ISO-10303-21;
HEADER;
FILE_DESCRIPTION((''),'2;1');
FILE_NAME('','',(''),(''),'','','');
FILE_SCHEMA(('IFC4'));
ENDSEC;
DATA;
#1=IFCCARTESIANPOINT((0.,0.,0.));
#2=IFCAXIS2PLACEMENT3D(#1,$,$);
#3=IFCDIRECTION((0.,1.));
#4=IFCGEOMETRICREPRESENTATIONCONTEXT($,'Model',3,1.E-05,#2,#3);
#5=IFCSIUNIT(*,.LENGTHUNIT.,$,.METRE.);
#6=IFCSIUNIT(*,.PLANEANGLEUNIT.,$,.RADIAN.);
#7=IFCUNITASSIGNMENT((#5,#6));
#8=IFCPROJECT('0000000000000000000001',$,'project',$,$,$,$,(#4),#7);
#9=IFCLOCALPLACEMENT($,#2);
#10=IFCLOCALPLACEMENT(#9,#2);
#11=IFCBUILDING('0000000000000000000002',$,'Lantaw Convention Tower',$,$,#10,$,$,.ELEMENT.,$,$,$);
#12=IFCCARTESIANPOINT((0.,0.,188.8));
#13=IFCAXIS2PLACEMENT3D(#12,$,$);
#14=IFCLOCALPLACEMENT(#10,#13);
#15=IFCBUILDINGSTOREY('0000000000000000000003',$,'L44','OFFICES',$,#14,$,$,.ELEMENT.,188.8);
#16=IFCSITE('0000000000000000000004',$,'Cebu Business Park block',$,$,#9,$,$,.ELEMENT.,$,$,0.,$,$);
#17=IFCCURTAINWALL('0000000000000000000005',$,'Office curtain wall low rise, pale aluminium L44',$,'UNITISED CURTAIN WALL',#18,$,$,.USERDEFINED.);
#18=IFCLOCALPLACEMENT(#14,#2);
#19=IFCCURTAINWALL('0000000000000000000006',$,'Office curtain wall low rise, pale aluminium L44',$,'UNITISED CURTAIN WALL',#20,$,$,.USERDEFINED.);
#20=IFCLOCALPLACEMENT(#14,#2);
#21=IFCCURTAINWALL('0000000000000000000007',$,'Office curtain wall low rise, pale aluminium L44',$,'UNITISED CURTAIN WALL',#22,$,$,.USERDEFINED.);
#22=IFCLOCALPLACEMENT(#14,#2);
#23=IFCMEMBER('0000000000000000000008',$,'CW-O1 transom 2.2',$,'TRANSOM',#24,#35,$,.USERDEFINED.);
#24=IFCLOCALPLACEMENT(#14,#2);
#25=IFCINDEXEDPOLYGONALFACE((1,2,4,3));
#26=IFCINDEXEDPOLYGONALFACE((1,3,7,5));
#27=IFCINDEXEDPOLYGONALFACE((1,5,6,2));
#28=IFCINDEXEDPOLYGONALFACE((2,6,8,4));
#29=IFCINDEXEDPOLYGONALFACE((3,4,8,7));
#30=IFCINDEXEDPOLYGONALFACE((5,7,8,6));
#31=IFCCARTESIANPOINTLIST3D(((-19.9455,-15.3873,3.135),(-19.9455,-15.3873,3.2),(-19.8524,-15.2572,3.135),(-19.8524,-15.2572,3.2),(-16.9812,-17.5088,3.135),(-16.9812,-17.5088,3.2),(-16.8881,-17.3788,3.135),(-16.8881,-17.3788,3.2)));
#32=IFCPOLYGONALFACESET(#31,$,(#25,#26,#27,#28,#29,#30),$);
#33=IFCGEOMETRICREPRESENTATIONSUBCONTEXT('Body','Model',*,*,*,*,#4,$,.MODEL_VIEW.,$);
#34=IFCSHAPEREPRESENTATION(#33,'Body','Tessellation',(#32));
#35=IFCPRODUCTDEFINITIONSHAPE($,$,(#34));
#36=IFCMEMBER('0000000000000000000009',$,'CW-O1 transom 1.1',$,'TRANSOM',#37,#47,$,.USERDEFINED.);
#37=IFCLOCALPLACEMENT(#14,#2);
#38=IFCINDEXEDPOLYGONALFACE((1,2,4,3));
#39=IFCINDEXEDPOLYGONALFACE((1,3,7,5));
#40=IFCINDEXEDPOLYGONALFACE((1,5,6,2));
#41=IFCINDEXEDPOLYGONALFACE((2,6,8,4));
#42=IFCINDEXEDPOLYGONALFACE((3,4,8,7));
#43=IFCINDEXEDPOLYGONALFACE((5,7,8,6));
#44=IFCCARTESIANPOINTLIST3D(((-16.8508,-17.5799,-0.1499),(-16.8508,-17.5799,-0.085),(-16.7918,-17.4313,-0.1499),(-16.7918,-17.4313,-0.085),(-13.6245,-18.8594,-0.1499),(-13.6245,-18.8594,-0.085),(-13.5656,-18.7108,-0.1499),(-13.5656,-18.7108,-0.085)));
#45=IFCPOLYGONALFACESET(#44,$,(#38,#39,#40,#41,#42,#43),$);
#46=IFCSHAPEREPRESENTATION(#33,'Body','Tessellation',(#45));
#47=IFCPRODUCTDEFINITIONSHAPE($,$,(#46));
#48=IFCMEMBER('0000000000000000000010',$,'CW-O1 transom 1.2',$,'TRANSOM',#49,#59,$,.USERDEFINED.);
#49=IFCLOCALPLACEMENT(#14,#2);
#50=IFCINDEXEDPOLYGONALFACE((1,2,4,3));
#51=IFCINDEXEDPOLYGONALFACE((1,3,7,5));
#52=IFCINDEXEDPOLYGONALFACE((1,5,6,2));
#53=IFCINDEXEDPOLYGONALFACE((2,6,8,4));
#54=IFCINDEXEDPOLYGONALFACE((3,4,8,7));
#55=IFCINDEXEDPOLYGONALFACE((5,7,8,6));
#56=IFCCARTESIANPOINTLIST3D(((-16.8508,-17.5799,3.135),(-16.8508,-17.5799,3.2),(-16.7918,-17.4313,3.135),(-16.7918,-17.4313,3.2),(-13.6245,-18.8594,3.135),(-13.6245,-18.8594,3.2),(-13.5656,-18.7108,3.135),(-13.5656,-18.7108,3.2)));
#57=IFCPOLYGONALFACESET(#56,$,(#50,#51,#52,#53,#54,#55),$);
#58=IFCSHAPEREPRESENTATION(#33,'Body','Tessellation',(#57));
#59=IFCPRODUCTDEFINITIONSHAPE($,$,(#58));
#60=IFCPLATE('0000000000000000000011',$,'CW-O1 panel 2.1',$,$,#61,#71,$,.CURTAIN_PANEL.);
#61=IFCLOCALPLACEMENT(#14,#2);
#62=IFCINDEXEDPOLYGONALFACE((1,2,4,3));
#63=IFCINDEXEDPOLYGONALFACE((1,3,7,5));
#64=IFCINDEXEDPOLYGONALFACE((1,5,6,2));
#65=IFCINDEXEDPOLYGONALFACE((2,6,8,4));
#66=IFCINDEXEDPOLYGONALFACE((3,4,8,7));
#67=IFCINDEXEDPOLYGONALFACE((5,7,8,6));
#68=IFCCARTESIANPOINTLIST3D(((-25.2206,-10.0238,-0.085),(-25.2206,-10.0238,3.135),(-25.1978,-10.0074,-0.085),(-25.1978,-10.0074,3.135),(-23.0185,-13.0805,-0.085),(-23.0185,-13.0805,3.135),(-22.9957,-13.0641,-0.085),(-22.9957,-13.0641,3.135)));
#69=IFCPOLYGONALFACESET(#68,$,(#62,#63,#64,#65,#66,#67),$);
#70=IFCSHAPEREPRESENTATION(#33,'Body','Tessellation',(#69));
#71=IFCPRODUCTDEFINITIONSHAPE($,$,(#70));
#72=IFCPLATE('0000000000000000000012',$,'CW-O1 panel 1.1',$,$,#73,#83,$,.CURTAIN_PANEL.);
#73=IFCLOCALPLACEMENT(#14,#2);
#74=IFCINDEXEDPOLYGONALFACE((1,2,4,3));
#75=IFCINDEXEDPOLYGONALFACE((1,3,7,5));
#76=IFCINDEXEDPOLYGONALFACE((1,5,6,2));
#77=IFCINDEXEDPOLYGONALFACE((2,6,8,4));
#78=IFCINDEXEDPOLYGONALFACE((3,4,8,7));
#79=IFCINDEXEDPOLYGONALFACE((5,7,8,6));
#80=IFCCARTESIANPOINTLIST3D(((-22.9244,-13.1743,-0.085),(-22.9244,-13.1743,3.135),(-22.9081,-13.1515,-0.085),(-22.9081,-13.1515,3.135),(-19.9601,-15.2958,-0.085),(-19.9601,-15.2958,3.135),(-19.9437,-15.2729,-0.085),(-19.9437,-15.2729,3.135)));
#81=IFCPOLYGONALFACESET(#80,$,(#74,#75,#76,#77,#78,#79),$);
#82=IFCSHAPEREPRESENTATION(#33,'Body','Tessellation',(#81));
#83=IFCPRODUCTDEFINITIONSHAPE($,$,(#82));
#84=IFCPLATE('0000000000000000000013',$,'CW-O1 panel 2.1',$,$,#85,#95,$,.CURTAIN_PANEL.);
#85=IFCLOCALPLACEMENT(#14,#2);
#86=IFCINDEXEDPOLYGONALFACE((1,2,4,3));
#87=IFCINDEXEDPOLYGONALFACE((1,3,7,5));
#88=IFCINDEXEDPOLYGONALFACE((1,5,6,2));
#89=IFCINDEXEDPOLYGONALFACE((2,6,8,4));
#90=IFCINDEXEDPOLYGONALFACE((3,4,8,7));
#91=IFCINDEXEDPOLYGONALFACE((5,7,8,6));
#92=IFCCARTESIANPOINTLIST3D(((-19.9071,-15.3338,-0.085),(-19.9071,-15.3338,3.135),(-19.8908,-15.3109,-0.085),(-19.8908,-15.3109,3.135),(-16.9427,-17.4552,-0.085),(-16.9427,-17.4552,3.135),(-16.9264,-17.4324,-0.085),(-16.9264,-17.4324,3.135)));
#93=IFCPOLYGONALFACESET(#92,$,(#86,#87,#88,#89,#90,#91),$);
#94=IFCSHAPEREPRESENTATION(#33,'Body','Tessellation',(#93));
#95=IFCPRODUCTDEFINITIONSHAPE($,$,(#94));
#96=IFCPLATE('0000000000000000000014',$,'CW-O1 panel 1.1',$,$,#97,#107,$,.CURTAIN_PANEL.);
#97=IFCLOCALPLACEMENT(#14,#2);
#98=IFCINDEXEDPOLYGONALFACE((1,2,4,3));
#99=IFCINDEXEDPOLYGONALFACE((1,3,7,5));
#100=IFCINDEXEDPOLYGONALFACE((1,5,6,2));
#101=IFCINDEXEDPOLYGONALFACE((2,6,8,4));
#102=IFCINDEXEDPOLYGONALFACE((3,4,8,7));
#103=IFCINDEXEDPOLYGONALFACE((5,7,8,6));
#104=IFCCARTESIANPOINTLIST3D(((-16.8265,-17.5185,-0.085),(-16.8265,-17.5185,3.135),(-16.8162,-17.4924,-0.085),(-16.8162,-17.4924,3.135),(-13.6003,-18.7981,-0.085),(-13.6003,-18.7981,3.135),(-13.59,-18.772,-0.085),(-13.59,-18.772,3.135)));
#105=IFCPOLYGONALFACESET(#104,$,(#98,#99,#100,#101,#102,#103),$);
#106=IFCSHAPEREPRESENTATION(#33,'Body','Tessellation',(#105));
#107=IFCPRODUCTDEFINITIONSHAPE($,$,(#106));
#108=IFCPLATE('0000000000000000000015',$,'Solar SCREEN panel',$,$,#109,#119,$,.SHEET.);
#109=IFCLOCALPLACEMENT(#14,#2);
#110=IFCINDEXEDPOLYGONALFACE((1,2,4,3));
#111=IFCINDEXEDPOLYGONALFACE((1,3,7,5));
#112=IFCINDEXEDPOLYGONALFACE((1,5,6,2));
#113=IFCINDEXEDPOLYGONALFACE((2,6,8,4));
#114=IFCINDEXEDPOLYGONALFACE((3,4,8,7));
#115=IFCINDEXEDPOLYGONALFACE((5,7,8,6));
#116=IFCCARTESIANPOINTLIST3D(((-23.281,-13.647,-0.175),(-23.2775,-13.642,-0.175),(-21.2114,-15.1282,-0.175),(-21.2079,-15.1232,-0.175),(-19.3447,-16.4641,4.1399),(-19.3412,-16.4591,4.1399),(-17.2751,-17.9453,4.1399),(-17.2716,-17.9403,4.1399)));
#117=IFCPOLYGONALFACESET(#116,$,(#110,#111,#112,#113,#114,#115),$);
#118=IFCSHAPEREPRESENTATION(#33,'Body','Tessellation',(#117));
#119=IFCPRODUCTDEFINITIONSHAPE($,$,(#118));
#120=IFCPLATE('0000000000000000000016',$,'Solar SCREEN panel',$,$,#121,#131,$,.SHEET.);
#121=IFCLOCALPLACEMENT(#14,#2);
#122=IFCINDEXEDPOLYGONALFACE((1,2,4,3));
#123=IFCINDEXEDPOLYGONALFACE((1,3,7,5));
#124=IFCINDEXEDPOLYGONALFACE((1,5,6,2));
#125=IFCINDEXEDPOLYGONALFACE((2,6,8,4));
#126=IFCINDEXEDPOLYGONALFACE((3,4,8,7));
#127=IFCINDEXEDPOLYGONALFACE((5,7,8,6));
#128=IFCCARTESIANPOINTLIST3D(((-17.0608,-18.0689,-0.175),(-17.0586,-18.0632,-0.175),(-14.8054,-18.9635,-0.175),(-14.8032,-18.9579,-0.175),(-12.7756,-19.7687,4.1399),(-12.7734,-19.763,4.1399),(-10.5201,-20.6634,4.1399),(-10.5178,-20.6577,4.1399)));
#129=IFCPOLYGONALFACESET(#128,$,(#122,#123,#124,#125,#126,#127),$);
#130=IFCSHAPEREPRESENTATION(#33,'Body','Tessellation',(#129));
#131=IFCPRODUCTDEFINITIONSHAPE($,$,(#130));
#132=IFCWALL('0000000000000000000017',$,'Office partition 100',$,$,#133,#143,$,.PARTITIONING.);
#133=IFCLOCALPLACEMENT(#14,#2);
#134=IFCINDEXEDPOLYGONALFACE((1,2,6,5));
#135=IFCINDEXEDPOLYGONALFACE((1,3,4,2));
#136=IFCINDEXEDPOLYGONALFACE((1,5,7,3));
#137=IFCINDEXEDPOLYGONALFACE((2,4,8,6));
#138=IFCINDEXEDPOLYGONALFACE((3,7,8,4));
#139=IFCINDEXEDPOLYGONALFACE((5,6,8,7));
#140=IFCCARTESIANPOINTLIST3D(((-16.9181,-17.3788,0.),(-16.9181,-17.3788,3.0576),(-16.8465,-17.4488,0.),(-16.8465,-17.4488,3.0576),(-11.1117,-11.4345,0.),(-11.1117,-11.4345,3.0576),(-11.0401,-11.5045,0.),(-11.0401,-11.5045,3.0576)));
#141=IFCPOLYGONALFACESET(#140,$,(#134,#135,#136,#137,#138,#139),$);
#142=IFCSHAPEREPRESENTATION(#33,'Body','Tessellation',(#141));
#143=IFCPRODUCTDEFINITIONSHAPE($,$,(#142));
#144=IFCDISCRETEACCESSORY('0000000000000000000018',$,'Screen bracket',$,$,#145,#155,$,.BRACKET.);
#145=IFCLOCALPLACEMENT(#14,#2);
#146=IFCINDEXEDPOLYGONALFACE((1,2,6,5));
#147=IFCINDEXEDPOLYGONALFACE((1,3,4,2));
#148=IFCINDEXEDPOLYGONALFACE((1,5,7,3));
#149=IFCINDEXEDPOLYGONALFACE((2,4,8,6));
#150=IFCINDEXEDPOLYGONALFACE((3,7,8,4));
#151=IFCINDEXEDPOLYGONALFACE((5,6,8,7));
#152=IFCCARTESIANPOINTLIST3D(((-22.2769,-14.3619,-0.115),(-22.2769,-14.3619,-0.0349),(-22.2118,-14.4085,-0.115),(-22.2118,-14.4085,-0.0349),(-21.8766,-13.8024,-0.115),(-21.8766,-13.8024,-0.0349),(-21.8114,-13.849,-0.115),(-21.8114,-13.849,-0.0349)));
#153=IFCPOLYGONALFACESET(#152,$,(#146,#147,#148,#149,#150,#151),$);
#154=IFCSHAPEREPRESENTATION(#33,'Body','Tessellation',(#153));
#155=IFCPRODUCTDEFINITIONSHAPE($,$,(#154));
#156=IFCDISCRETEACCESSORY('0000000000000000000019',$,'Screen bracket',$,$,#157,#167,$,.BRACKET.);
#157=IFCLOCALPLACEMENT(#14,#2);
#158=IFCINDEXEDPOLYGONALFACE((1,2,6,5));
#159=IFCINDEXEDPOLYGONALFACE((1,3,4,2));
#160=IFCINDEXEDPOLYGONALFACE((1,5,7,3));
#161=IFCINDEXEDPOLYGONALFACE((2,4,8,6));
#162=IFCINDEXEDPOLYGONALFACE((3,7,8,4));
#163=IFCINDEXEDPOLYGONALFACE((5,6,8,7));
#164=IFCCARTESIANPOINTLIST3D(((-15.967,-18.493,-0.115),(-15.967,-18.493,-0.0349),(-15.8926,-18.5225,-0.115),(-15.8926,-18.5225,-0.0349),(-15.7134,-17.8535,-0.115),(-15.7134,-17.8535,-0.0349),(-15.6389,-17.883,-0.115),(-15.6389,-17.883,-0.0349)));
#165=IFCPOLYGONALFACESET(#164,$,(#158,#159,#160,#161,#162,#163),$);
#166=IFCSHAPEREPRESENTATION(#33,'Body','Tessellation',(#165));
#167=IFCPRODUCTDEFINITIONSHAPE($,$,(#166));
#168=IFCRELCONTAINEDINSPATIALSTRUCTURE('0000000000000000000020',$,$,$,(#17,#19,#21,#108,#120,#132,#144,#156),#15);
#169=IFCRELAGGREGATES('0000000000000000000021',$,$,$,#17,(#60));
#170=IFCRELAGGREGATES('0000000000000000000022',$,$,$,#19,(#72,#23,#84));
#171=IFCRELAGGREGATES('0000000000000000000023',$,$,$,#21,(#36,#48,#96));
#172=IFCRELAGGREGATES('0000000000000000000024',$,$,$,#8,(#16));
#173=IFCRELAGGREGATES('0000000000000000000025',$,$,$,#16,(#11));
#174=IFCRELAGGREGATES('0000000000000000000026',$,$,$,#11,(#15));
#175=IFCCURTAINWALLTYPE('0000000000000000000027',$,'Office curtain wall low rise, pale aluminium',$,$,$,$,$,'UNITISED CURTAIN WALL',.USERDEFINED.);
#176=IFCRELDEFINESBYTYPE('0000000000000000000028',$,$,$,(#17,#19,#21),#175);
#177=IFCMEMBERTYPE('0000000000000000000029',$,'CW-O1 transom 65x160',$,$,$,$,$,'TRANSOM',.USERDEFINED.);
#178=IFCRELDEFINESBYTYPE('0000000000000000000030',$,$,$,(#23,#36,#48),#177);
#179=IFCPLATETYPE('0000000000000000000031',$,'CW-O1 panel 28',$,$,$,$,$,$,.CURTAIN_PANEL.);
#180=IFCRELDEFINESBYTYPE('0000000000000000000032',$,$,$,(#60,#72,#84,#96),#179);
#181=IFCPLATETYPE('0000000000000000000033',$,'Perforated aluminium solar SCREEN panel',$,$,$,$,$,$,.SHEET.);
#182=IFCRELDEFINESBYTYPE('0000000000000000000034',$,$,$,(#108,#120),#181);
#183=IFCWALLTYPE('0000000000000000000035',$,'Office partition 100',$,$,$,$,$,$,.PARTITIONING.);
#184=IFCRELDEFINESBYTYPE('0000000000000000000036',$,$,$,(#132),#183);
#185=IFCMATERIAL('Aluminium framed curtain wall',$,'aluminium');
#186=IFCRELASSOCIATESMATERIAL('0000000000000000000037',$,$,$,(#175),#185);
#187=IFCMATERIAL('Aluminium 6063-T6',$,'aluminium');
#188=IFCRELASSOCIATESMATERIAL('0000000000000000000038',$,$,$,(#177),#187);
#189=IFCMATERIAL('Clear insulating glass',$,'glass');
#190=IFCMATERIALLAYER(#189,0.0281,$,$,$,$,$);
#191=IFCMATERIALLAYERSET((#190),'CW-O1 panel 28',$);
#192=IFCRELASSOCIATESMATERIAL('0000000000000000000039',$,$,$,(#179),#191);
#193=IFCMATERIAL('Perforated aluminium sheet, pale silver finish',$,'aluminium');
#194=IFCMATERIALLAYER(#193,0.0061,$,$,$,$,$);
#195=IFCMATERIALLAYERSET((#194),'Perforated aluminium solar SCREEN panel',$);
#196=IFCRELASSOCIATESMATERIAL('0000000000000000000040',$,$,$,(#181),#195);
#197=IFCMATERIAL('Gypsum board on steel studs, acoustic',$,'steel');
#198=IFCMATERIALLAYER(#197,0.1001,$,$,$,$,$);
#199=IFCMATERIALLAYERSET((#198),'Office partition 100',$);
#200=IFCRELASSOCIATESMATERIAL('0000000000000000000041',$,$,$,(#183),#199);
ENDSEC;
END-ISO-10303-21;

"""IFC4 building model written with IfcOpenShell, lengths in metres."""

from ifc_helpers import new_model, si_unit, direction, frame, frame_2d, origin, origin_2d, place, context, subcontext, project, spatial, polyline, rectangle, outline, extrude, material, layer, layer_set, material_profile, profile_set, type_object, element, aggregate, save


model = new_model("IFC4")

# Units and contexts
model_context = context("Model", 3, precision=1e-05, world=origin(), true_north=direction((0.0, 1.0)))
body_context = subcontext(model_context, "Body", "Model", "MODEL_VIEW")
ifc_project = project(units=[si_unit("LENGTHUNIT", "METRE"), si_unit("PLANEANGLEUNIT", "RADIAN")], contexts=[model_context])

# Site, building, storey
site_placement = place(None, origin())
site = spatial("IfcSite", under=ifc_project, at=site_placement, Name="Cebu Business Park block", CompositionType="ELEMENT", RefElevation=0.0)
building_placement = place(site_placement, origin())
building = spatial("IfcBuilding", under=site, at=building_placement, Name="Lantaw Convention Tower", CompositionType="ELEMENT")
storey_placement = place(building_placement, frame((0.0, 0.0, 188.8)))
storey = spatial("IfcBuildingStorey", under=building, at=storey_placement, Name="L44", Description="OFFICES", CompositionType="ELEMENT", Elevation=188.8)

# Curtain walls
ifc_material_1 = material(Name="Aluminium framed curtain wall", Category="aluminium")
curtain_wall_type = type_object("IfcCurtainWallType", Name="Office curtain wall low rise, pale aluminium", ElementType="UNITISED CURTAIN WALL", PredefinedType="USERDEFINED", material=ifc_material_1)
curtain_wall_1_placement = place(storey_placement, origin())
curtain_wall_1 = element("IfcCurtainWall", 1, at=curtain_wall_1_placement, inside=storey, type_object=curtain_wall_type, Name="Office curtain wall low rise, pale aluminium L44", ObjectType="UNITISED CURTAIN WALL", PredefinedType="USERDEFINED")
ifc_material_2 = material(Name="Aluminium 6063-T6", Category="aluminium")
curtain_wall_2_placement = place(storey_placement, origin())
curtain_wall_2 = element("IfcCurtainWall", 2, at=curtain_wall_2_placement, inside=storey, type_object=curtain_wall_type, Name="Office curtain wall low rise, pale aluminium L44", ObjectType="UNITISED CURTAIN WALL", PredefinedType="USERDEFINED")

# Curtain wall
curtain_wall_3_placement = place(storey_placement, origin())
curtain_wall_3 = element("IfcCurtainWall", 3, at=curtain_wall_3_placement, inside=storey, type_object=curtain_wall_type, Name="Office curtain wall low rise, pale aluminium L44", ObjectType="UNITISED CURTAIN WALL", PredefinedType="USERDEFINED")

# Members
ifc_material_profile_1 = material_profile(ifc_material_2, rectangle(XDim=0.1599, YDim=0.0649, at=origin_2d()), Name="CW-O1 transom 65x160")
ifc_profile_set_1 = profile_set([ifc_material_profile_1], Name="Aluminium 6063-T6")
member_type_1 = type_object("IfcMemberType", Name="CW-O1 transom 65x160", ElementType="TRANSOM", PredefinedType="USERDEFINED", material=ifc_profile_set_1)
member_1_placement = place(storey_placement, frame((-19.8989, -15.3223, 3.1675), z_axis=(0.81319, -0.581998, 0.0), x_axis=(0.581998, 0.81319, 0.0)))
member_1 = element("IfcMember", 4, at=member_1_placement, type_object=member_type_1, Name="CW-O1 transom 2.2", ObjectType="TRANSOM", PredefinedType="USERDEFINED", context=body_context, shape_type="SweptSolid", body=[
    extrude(rectangle(XDim=0.1599, YDim=0.0649, at=origin_2d()), origin(), (0.0, 0.0, 1.0), 3.6453),
])
member_2_placement = place(storey_placement, frame((-16.8213, -17.5056, -0.1174), z_axis=(0.929564, -0.36866, 0.0), x_axis=(0.36866, 0.929564, 0.0)))
member_2 = element("IfcMember", 5, at=member_2_placement, type_object=member_type_1, Name="CW-O1 transom 1.1", ObjectType="TRANSOM", PredefinedType="USERDEFINED", context=body_context, shape_type="SweptSolid", body=[
    extrude(rectangle(XDim=0.1599, YDim=0.0649, at=origin_2d()), origin(), (0.0, 0.0, 1.0), 3.4707),
])
member_3_placement = place(storey_placement, frame((-16.8213, -17.5056, 3.1675), z_axis=(0.929564, -0.36866, 0.0), x_axis=(0.36866, 0.929564, 0.0)))
member_3 = element("IfcMember", 6, at=member_3_placement, type_object=member_type_1, Name="CW-O1 transom 1.2", ObjectType="TRANSOM", PredefinedType="USERDEFINED", context=body_context, shape_type="SweptSolid", body=[
    extrude(rectangle(XDim=0.1599, YDim=0.0649, at=origin_2d()), origin(), (0.0, 0.0, 1.0), 3.4707),
])

# Plates
ifc_material_3 = material(Name="Clear insulating glass", Category="glass")
ifc_layer_1 = layer(ifc_material_3, 0.0281)
ifc_layer_set_1 = layer_set([ifc_layer_1], Name="CW-O1 panel 28")
plate_type_1 = type_object("IfcPlateType", Name="CW-O1 panel 28", PredefinedType="CURTAIN_PANEL", material=ifc_layer_set_1)
plate_1_placement = place(storey_placement, frame((-24.1082, -11.5439, -0.085), z_axis=(0.0, 0.0, 1.0), x_axis=(0.584513, -0.811385, 0.0)))
plate_1 = element("IfcPlate", 7, at=plate_1_placement, type_object=plate_type_1, Name="CW-O1 panel 2.1", PredefinedType="CURTAIN_PANEL", context=body_context, shape_type="SweptSolid", body=[
    extrude(rectangle(XDim=3.7673, YDim=0.0281, at=origin_2d()), origin(), (0.0, 0.0, 1.0), 3.22),
])
aggregate(curtain_wall_1, [plate_1])
plate_2_placement = place(storey_placement, frame((-21.4341, -14.2236, -0.085), z_axis=(0.0, 0.0, 1.0), x_axis=(0.813208, -0.581973, 0.0)))
plate_2 = element("IfcPlate", 8, at=plate_2_placement, type_object=plate_type_1, Name="CW-O1 panel 1.1", PredefinedType="CURTAIN_PANEL", context=body_context, shape_type="SweptSolid", body=[
    extrude(rectangle(XDim=3.6453, YDim=0.0281, at=origin_2d()), origin(), (0.0, 0.0, 1.0), 3.22),
])
plate_3_placement = place(storey_placement, frame((-18.4167, -16.3831, -0.085), z_axis=(0.0, 0.0, 1.0), x_axis=(0.813208, -0.581973, 0.0)))
plate_3 = element("IfcPlate", 9, at=plate_3_placement, type_object=plate_type_1, Name="CW-O1 panel 2.1", PredefinedType="CURTAIN_PANEL", context=body_context, shape_type="SweptSolid", body=[
    extrude(rectangle(XDim=3.6453, YDim=0.0281, at=origin_2d()), origin(), (0.0, 0.0, 1.0), 3.22),
])
aggregate(curtain_wall_2, [plate_2, member_1, plate_3])
plate_4_placement = place(storey_placement, frame((-15.2083, -18.1453, -0.085), z_axis=(0.0, 0.0, 1.0), x_axis=(0.929548, -0.368702, 0.0)))
plate_4 = element("IfcPlate", 10, at=plate_4_placement, type_object=plate_type_1, Name="CW-O1 panel 1.1", PredefinedType="CURTAIN_PANEL", context=body_context, shape_type="SweptSolid", body=[
    extrude(rectangle(XDim=3.4707, YDim=0.0281, at=origin_2d()), origin(), (0.0, 0.0, 1.0), 3.22),
])
aggregate(curtain_wall_3, [member_2, member_3, plate_4])

# Plates
ifc_material_4 = material(Name="Perforated aluminium sheet, pale silver finish", Category="aluminium")
ifc_layer_2 = layer(ifc_material_4, 0.0061)
ifc_layer_set_2 = layer_set([ifc_layer_2], Name="Perforated aluminium solar SCREEN panel")
plate_type_2 = type_object("IfcPlateType", Name="Perforated aluminium solar SCREEN panel", PredefinedType="SHEET", material=ifc_layer_set_2)
plate_5_placement = place(storey_placement, frame((-23.281, -13.647, -0.175), z_axis=(-0.582, -0.813189, 0.000012), x_axis=(0.813189, -0.582, 0.0)))
element("IfcPlate", 11, at=plate_5_placement, inside=storey, type_object=plate_type_2, Name="Solar SCREEN panel", PredefinedType="SHEET", context=body_context, shape_type="SweptSolid", body=[
    extrude(outline(polyline([(0.0, 0.0), (2.545, 0.0), (7.3855, 4.3149), (4.8405, 4.3149), (0.0, 0.0)])), origin(), (0.0, 0.0, -1.0), 0.0061),
])
plate_6_placement = place(storey_placement, frame((-17.0586, -18.0632, -0.175), z_axis=(0.368709, 0.929545, 0.000011), x_axis=(0.929545, -0.368709, 0.0)))
element("IfcPlate", 12, at=plate_6_placement, inside=storey, type_object=plate_type_2, Name="Solar SCREEN panel", PredefinedType="SHEET", context=body_context, shape_type="SweptSolid", body=[
    extrude(outline(polyline([(0.0, 0.0), (2.4264, 0.0), (7.0365, -4.3149), (4.61, -4.3149), (0.0, 0.0)])), origin(), (0.0, 0.0, -1.0), 0.0061),
])

# Wall
ifc_material_5 = material(Name="Gypsum board on steel studs, acoustic", Category="steel")
ifc_layer_3 = layer(ifc_material_5, 0.1001)
ifc_layer_set_3 = layer_set([ifc_layer_3], Name="Office partition 100")
wall_type = type_object("IfcWallType", Name="Office partition 100", PredefinedType="PARTITIONING", material=ifc_layer_set_3)
wall_placement = place(storey_placement, frame((-16.8823, -17.4138, 0.0), z_axis=(0.0, 0.0, 1.0), x_axis=(0.698758, 0.715358, 0.0)))
element("IfcWall", 13, at=wall_placement, inside=storey, type_object=wall_type, Name="Office partition 100", PredefinedType="PARTITIONING", context=body_context, shape_type="SweptSolid", body=[
    extrude(rectangle(XDim=8.3096, YDim=0.1001, at=frame_2d((4.1548, 0.0))), origin(), (0.0, 0.0, 1.0), 3.0576),
])

# Discrete accessories
for number, where, z_axis, x_axis, name in (
    (14, (-22.0442, -14.1055, -0.115), (0.0, 0.0, 1.0), (0.813208, -0.581973, 0.0), "Screen bracket"),
    (15, (-15.803, -18.188, -0.115), (0.0, 0.0, 1.0), (0.929548, -0.368702, 0.0), "Screen bracket"),
):
    element("IfcDiscreteAccessory", number, at=place(storey_placement, frame(where, z_axis=z_axis, x_axis=x_axis)), inside=storey, Name=name, PredefinedType="BRACKET", context=body_context, shape_type="SweptSolid", body=[
        extrude(rectangle(XDim=0.0801, YDim=0.688, at=origin_2d()), origin(), (0.0, 0.0, 1.0), 0.0801),
    ])

save(model, "model.ifc")
